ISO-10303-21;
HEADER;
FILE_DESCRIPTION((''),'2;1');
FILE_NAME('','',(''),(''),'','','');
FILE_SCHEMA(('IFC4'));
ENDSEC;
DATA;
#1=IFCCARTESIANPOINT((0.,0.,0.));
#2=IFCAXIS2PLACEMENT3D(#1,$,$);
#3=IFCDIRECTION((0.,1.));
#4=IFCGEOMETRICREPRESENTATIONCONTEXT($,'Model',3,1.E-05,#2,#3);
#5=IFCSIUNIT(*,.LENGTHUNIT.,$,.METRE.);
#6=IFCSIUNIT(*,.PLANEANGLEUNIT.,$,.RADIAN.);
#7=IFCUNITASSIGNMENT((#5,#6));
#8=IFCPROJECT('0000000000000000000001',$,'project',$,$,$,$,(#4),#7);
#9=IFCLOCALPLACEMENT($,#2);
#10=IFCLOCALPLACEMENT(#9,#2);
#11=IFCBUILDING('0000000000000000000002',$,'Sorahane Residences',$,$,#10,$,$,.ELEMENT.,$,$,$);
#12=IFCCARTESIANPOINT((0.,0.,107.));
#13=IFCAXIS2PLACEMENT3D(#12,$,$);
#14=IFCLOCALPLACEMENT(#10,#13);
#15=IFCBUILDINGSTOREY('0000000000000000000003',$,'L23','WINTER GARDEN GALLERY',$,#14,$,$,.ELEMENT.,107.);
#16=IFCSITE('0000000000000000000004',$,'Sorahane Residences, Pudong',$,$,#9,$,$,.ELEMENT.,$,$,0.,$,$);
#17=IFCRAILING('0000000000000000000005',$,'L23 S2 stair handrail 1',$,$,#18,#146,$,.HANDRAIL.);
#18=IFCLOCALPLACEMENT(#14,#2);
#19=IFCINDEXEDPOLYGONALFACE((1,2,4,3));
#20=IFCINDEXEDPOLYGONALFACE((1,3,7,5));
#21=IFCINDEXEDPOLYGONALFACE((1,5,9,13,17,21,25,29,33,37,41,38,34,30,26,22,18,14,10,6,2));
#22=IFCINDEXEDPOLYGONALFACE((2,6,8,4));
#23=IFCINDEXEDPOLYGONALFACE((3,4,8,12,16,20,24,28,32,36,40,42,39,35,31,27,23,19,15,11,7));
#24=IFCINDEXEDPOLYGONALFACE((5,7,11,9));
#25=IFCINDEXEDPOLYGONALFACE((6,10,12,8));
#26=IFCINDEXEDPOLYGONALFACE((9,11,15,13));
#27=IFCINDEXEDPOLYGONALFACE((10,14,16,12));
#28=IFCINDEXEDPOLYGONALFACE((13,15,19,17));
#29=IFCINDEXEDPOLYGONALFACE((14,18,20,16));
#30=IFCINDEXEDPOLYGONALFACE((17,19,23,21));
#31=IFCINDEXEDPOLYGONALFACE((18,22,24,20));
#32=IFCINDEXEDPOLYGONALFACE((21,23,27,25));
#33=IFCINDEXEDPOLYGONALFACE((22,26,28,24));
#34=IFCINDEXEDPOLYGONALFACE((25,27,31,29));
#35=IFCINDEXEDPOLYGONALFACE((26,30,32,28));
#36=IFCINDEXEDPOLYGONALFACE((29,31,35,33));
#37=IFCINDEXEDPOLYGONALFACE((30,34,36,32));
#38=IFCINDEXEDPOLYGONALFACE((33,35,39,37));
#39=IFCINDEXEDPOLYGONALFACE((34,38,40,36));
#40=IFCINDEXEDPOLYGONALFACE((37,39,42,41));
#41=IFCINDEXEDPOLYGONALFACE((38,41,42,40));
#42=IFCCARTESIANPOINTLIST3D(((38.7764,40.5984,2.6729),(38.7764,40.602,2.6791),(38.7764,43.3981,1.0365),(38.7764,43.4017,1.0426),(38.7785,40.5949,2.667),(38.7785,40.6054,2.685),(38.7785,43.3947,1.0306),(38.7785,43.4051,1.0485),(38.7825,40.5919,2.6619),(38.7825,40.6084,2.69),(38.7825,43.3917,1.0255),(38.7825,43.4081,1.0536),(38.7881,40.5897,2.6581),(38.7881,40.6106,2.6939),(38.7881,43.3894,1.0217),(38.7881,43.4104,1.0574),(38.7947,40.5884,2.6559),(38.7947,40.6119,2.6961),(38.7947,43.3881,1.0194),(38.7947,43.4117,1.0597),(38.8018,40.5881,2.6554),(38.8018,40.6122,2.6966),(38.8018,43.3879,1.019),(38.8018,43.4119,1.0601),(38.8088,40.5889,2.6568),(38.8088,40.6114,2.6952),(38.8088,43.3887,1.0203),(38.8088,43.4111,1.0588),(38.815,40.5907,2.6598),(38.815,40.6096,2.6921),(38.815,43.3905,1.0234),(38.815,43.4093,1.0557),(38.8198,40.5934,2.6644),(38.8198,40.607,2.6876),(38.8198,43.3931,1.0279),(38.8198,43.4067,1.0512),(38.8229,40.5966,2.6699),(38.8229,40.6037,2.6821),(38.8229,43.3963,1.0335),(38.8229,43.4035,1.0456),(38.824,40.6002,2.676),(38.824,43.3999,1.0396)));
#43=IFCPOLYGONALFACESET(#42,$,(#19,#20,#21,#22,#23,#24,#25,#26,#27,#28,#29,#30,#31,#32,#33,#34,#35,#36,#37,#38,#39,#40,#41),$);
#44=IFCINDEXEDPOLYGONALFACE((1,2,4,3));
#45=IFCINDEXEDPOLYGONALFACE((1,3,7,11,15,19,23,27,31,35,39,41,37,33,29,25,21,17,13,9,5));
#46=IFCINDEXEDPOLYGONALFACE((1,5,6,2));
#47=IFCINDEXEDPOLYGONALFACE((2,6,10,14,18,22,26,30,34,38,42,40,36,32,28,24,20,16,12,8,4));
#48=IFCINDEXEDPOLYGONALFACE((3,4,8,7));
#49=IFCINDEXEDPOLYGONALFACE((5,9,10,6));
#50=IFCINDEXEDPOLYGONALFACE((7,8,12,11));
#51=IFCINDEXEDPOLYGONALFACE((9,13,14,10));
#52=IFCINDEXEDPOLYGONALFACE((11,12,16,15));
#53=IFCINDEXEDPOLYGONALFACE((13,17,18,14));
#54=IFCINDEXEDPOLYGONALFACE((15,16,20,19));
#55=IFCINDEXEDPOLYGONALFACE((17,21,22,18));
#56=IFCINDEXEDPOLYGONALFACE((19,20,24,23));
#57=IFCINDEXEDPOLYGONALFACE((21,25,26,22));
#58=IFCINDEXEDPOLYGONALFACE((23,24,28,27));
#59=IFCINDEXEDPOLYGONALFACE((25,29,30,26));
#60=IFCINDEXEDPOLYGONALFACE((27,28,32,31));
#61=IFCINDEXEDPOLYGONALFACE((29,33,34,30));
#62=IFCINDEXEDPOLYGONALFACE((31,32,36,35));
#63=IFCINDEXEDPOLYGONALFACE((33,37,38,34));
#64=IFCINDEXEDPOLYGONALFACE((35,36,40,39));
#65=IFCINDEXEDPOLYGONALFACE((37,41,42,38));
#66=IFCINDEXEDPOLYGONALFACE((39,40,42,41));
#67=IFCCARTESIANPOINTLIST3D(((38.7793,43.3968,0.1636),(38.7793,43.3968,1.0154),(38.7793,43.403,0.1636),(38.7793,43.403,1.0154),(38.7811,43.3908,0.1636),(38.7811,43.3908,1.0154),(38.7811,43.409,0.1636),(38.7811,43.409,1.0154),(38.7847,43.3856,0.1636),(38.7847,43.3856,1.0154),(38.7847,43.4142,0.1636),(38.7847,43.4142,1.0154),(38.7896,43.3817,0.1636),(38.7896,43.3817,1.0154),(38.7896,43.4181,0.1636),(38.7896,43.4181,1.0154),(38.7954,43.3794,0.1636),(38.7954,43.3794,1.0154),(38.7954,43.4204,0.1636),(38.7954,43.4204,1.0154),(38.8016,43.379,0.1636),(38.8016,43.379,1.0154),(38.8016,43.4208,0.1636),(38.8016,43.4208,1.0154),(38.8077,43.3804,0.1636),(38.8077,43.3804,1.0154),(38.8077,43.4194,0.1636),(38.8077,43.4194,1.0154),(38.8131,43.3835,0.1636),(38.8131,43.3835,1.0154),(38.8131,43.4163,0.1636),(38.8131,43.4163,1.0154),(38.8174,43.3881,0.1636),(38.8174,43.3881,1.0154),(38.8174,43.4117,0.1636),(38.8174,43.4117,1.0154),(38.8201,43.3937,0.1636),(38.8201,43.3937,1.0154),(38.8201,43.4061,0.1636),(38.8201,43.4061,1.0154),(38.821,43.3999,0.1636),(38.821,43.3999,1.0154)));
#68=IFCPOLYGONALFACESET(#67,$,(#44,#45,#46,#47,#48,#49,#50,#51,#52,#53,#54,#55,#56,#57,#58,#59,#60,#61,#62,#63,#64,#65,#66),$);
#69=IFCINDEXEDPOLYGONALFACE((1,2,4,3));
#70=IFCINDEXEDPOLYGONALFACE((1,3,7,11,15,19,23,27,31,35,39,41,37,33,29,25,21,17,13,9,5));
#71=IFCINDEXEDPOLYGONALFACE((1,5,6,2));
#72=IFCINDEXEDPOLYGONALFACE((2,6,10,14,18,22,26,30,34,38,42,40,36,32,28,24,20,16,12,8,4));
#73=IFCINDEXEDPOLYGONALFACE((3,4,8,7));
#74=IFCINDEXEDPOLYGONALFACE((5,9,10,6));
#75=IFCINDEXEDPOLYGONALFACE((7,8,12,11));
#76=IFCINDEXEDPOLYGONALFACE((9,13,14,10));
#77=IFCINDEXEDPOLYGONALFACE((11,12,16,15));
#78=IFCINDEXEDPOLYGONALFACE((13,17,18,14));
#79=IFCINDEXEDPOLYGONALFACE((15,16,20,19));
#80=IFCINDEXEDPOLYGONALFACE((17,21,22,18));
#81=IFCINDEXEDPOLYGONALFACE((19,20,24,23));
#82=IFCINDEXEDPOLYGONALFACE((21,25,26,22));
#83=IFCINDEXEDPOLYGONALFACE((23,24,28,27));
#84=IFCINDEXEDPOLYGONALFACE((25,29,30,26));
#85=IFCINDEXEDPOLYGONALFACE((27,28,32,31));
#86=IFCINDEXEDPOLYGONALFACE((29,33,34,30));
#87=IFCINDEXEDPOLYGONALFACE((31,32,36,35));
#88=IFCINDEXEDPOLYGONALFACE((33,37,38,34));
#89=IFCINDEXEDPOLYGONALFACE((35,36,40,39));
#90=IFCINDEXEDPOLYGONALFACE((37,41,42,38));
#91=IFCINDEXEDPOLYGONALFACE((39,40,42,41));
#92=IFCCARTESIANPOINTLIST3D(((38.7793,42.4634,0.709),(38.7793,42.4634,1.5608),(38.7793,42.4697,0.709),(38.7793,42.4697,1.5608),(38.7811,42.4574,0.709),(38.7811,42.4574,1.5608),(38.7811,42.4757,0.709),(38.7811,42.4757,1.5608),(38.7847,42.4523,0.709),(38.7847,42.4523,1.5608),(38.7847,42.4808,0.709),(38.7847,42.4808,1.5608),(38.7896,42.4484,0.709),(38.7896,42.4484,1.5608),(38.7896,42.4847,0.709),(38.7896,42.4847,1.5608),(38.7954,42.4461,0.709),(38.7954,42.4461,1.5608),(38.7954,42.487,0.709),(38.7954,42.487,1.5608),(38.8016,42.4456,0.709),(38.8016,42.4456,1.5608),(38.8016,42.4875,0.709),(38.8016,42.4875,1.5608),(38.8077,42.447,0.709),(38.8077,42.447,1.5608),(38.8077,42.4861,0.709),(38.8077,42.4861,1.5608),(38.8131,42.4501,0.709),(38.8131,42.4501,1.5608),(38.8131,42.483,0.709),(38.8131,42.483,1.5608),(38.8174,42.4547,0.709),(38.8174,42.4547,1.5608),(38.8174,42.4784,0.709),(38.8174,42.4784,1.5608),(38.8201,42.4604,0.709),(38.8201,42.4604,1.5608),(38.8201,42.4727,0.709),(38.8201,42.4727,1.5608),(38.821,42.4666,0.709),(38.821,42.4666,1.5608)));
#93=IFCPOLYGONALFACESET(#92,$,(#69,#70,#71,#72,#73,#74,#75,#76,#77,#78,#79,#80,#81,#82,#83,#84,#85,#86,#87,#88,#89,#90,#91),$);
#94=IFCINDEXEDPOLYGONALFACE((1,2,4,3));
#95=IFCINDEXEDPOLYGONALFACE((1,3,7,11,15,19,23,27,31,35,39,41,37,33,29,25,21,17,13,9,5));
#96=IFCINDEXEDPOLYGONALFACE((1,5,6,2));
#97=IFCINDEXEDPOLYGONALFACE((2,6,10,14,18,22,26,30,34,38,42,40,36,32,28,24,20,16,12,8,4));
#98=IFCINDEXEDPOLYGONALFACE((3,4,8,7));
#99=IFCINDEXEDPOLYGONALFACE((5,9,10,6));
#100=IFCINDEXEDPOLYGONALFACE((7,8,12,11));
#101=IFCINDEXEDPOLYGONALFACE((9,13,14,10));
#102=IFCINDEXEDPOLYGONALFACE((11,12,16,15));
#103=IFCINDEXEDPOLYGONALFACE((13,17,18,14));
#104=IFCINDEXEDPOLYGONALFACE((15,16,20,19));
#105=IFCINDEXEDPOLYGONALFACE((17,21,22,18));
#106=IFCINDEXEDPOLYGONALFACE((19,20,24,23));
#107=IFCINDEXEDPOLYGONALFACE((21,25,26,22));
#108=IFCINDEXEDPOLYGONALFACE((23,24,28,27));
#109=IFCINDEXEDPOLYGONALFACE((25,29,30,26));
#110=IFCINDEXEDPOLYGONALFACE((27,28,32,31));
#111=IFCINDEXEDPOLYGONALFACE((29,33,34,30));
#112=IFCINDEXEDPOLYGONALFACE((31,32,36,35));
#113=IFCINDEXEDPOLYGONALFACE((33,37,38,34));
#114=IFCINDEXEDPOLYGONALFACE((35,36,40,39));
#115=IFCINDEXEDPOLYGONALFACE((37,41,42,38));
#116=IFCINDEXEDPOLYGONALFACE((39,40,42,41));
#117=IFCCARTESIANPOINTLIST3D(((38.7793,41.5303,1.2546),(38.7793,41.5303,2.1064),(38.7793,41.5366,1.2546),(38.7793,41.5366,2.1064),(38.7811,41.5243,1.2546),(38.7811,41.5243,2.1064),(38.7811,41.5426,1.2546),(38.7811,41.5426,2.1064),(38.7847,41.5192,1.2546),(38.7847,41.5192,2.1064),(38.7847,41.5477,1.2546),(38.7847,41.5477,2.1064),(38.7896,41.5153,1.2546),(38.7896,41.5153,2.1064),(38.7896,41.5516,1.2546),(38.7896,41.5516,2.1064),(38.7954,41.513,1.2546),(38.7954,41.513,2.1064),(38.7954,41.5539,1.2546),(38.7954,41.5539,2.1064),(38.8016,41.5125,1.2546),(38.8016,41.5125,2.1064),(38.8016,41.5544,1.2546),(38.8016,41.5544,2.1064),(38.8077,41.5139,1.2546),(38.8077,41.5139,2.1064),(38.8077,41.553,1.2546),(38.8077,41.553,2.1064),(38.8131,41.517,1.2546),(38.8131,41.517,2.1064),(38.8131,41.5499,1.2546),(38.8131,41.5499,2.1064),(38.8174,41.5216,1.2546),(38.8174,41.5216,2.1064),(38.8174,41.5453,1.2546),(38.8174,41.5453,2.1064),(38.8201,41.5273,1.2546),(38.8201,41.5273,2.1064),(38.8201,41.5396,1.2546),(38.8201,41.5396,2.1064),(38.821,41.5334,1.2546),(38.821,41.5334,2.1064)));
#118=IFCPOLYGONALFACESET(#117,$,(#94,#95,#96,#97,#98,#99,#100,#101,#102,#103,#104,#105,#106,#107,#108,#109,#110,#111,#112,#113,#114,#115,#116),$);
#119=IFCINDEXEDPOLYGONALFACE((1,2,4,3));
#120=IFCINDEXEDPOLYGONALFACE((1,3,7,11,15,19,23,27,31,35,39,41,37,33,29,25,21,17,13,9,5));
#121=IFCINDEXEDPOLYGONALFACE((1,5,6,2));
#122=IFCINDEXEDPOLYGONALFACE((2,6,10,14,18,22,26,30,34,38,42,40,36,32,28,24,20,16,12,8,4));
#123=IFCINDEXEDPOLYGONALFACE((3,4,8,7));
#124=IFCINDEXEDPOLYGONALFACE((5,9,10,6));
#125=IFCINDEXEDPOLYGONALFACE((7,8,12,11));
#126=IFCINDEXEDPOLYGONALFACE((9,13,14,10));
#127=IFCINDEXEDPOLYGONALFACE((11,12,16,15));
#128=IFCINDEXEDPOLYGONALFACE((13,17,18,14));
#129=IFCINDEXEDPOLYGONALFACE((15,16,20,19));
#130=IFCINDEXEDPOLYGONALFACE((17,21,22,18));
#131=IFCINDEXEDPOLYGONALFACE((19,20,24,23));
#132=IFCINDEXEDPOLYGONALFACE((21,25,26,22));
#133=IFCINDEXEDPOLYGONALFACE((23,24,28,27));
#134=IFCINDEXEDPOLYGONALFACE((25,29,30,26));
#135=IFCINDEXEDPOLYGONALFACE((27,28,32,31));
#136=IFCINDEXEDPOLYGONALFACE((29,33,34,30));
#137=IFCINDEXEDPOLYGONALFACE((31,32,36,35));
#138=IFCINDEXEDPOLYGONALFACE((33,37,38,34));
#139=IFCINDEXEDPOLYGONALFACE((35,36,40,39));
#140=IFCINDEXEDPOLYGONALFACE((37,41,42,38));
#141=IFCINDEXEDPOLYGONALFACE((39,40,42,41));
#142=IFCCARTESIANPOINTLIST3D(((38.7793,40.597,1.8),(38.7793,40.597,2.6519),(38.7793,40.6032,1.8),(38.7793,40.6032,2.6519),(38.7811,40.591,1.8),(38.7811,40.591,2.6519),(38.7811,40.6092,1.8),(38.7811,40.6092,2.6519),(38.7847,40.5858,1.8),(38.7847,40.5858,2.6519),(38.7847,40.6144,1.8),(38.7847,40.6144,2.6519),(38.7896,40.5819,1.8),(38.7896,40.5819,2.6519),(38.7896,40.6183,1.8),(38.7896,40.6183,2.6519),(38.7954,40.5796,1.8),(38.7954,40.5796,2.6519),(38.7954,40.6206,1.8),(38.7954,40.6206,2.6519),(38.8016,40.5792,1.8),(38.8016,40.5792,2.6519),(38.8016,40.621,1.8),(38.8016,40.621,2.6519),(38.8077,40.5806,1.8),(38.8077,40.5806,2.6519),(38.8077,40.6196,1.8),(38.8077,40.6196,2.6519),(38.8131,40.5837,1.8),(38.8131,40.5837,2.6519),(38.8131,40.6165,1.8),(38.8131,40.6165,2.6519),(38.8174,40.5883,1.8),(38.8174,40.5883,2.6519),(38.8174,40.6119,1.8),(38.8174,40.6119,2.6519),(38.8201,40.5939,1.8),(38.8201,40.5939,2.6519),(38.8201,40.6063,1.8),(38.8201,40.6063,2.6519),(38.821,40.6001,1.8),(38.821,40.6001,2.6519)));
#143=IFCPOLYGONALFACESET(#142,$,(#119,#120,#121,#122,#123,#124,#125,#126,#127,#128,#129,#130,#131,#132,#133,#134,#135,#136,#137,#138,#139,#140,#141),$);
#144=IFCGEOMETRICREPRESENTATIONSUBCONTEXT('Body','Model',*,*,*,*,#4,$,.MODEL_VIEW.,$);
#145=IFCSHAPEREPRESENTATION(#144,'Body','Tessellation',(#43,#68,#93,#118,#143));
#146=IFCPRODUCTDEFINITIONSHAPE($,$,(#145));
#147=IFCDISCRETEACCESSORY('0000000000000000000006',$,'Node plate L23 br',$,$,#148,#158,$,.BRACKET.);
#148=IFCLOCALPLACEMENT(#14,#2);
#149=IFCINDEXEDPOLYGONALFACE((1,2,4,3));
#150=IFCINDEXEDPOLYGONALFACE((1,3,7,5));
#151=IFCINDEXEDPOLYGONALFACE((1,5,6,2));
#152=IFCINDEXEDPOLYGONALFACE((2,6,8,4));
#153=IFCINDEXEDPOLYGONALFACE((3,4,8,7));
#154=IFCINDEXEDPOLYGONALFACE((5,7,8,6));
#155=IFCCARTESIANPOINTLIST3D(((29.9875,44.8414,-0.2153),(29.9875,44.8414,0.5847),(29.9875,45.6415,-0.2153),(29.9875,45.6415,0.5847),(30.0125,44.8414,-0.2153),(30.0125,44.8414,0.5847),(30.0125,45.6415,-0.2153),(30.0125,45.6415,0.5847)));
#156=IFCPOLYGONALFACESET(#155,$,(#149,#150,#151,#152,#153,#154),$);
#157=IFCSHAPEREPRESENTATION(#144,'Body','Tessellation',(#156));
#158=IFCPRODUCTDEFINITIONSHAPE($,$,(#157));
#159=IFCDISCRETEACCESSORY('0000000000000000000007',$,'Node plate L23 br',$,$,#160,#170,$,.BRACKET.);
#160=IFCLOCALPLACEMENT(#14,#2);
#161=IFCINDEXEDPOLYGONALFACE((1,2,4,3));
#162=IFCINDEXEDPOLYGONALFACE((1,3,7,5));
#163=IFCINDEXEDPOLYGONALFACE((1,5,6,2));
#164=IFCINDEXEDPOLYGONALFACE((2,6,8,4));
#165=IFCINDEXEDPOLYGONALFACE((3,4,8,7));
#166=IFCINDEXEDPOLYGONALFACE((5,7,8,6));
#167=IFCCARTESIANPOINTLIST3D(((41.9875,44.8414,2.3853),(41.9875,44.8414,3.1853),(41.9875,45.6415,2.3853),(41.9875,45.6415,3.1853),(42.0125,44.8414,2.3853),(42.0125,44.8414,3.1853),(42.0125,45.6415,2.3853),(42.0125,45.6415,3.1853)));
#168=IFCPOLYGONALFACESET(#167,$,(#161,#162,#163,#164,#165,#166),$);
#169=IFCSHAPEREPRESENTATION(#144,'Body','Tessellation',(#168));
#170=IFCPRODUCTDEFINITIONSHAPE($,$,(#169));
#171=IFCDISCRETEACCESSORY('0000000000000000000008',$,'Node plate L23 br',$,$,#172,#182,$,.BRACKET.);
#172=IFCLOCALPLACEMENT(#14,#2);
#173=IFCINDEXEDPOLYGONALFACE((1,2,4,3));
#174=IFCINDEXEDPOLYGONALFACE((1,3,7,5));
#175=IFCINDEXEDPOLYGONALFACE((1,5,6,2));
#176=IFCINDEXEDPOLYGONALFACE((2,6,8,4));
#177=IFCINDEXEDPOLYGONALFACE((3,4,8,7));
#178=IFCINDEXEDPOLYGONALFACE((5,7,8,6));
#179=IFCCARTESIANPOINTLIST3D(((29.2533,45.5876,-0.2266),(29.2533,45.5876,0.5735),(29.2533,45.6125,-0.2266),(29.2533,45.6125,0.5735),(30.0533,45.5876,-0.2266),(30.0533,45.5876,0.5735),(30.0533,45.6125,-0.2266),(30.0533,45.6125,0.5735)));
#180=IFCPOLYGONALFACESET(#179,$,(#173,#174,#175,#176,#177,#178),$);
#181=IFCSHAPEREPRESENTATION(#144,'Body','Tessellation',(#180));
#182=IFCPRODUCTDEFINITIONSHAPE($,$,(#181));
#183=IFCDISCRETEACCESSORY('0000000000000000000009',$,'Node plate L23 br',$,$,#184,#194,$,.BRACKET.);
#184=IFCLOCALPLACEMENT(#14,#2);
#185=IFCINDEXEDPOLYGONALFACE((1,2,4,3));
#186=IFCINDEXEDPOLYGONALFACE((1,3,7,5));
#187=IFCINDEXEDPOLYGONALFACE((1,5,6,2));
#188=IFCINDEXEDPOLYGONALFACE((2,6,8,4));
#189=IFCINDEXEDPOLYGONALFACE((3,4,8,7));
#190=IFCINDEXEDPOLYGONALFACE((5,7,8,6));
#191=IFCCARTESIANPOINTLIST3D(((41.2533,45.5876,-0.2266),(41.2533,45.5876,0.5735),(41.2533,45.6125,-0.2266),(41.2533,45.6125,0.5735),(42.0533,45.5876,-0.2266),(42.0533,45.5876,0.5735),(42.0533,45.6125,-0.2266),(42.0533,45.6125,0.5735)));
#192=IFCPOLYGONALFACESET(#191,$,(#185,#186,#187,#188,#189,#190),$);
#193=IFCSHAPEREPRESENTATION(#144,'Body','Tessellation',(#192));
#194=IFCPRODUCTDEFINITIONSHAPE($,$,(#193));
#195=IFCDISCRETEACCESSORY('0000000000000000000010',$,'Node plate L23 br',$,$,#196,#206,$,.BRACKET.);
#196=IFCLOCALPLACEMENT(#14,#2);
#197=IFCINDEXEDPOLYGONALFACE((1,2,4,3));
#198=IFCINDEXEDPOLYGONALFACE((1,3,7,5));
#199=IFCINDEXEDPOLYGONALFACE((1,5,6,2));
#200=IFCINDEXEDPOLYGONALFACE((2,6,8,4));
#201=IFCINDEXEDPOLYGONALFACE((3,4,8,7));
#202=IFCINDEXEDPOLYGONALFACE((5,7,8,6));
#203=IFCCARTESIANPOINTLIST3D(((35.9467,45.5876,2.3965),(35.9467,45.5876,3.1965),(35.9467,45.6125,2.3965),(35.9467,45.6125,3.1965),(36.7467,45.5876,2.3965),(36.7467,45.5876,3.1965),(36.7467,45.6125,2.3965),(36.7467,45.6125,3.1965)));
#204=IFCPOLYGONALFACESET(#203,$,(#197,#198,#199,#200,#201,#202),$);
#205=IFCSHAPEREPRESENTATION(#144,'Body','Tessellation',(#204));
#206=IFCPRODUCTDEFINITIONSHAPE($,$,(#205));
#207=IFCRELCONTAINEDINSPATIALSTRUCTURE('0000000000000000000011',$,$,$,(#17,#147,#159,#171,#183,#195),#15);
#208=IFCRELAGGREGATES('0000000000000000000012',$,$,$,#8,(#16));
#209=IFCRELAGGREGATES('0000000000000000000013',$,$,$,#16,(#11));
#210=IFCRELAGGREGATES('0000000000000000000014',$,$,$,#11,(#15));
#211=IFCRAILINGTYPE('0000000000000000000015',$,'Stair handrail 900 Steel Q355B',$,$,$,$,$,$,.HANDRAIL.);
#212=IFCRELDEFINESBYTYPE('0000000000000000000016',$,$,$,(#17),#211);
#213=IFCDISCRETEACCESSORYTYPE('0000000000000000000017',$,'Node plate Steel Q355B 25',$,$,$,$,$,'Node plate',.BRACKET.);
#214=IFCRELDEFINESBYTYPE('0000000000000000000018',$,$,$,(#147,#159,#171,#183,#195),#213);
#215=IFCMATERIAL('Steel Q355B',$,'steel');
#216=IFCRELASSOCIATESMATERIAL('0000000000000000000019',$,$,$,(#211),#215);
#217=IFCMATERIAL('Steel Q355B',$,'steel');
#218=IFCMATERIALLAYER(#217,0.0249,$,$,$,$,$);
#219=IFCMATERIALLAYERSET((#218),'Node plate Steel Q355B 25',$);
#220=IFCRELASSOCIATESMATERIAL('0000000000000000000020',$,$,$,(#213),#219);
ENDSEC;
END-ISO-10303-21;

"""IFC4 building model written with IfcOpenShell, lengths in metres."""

from ifc_helpers import new_model, si_unit, direction, frame, origin, origin_2d, place, context, subcontext, project, spatial, rectangle, circle, extrude, material, layer, layer_set, type_object, element, save


model = new_model("IFC4")

# Units and contexts
model_context = context("Model", 3, precision=1e-05, world=origin(), true_north=direction((0.0, 1.0)))
body_context = subcontext(model_context, "Body", "Model", "MODEL_VIEW")
ifc_project = project(units=[si_unit("LENGTHUNIT", "METRE"), si_unit("PLANEANGLEUNIT", "RADIAN")], contexts=[model_context])

# Site, building, storey
site_placement = place(None, origin())
site = spatial("IfcSite", under=ifc_project, at=site_placement, Name="Sorahane Residences, Pudong", CompositionType="ELEMENT", RefElevation=0.0)
building_placement = place(site_placement, origin())
building = spatial("IfcBuilding", under=site, at=building_placement, Name="Sorahane Residences", CompositionType="ELEMENT")
storey_placement = place(building_placement, frame((0.0, 0.0, 107.0)))
storey = spatial("IfcBuildingStorey", under=building, at=storey_placement, Name="L23", Description="WINTER GARDEN GALLERY", CompositionType="ELEMENT", Elevation=107.0)

# Railing
ifc_material_1 = material(Name="Steel Q355B", Category="steel")
railing_type_1 = type_object("IfcRailingType", Name="Stair handrail 900 Steel Q355B", PredefinedType="HANDRAIL", material=ifc_material_1)
railing_1_placement = place(storey_placement, frame((38.8, 43.3999, 0.1636)))
element("IfcRailing", 1, at=railing_1_placement, inside=storey, type_object=railing_type_1, Name="L23 S2 stair handrail 1", PredefinedType="HANDRAIL", context=body_context, shape_type="SweptSolid", body=[
    extrude(circle(Radius=0.0239, at=origin_2d()), frame((0.0, 0.0, 0.876), z_axis=(0.0, -0.863342, 0.50462), x_axis=(1.0, 0.0, 0.0)), (0.0, 0.0, 1.0), 3.2429),
    extrude(circle(Radius=0.021, at=origin_2d()), origin(), (0.0, 0.0, 1.0), 0.8518),
    extrude(circle(Radius=0.021, at=origin_2d()), frame((0.0, -0.9333, 0.5454)), (0.0, 0.0, 1.0), 0.8518),
    extrude(circle(Radius=0.021, at=origin_2d()), frame((0.0, -1.8665, 1.0911)), (0.0, 0.0, 1.0), 0.8518),
    extrude(circle(Radius=0.021, at=origin_2d()), frame((0.0, -2.7998, 1.6365)), (0.0, 0.0, 1.0), 0.8518),
])

# Discrete accessories
ifc_material_2 = material(Name="Steel Q355B", Category="steel")
ifc_layer_1 = layer(ifc_material_2, 0.0249)
ifc_layer_set_1 = layer_set([ifc_layer_1], Name="Node plate Steel Q355B 25")
discrete_accessory_type = type_object("IfcDiscreteAccessoryType", Name="Node plate Steel Q355B 25", ElementType="Node plate", PredefinedType="BRACKET", material=ifc_layer_set_1)
for number, where, z_axis, x_axis, name in (
    (2, (30.0, 45.2415, -0.2153), (0.0, 0.0, 1.0), (0.0, 1.0, 0.0), "Node plate L23 br"),
    (3, (42.0, 45.2415, 2.3853), (0.0, 0.0, 1.0), (0.0, 1.0, 0.0), "Node plate L23 br"),
    (4, (29.6533, 45.6001, -0.2266), (0.0, 0.0, 1.0), (1.0, 0.0, 0.0), "Node plate L23 br"),
    (5, (41.6533, 45.6001, -0.2266), (0.0, 0.0, 1.0), (1.0, 0.0, 0.0), "Node plate L23 br"),
    (6, (36.3467, 45.6001, 2.3965), (0.0, 0.0, 1.0), (1.0, 0.0, 0.0), "Node plate L23 br"),
):
    element("IfcDiscreteAccessory", number, at=place(storey_placement, frame(where, z_axis=z_axis, x_axis=x_axis)), inside=storey, type_object=discrete_accessory_type, Name=name, PredefinedType="BRACKET", context=body_context, shape_type="SweptSolid", body=[
        extrude(rectangle(XDim=0.8, YDim=0.0249, at=origin_2d()), origin(), (0.0, 0.0, 1.0), 0.8),
    ])

save(model, "model.ifc")
